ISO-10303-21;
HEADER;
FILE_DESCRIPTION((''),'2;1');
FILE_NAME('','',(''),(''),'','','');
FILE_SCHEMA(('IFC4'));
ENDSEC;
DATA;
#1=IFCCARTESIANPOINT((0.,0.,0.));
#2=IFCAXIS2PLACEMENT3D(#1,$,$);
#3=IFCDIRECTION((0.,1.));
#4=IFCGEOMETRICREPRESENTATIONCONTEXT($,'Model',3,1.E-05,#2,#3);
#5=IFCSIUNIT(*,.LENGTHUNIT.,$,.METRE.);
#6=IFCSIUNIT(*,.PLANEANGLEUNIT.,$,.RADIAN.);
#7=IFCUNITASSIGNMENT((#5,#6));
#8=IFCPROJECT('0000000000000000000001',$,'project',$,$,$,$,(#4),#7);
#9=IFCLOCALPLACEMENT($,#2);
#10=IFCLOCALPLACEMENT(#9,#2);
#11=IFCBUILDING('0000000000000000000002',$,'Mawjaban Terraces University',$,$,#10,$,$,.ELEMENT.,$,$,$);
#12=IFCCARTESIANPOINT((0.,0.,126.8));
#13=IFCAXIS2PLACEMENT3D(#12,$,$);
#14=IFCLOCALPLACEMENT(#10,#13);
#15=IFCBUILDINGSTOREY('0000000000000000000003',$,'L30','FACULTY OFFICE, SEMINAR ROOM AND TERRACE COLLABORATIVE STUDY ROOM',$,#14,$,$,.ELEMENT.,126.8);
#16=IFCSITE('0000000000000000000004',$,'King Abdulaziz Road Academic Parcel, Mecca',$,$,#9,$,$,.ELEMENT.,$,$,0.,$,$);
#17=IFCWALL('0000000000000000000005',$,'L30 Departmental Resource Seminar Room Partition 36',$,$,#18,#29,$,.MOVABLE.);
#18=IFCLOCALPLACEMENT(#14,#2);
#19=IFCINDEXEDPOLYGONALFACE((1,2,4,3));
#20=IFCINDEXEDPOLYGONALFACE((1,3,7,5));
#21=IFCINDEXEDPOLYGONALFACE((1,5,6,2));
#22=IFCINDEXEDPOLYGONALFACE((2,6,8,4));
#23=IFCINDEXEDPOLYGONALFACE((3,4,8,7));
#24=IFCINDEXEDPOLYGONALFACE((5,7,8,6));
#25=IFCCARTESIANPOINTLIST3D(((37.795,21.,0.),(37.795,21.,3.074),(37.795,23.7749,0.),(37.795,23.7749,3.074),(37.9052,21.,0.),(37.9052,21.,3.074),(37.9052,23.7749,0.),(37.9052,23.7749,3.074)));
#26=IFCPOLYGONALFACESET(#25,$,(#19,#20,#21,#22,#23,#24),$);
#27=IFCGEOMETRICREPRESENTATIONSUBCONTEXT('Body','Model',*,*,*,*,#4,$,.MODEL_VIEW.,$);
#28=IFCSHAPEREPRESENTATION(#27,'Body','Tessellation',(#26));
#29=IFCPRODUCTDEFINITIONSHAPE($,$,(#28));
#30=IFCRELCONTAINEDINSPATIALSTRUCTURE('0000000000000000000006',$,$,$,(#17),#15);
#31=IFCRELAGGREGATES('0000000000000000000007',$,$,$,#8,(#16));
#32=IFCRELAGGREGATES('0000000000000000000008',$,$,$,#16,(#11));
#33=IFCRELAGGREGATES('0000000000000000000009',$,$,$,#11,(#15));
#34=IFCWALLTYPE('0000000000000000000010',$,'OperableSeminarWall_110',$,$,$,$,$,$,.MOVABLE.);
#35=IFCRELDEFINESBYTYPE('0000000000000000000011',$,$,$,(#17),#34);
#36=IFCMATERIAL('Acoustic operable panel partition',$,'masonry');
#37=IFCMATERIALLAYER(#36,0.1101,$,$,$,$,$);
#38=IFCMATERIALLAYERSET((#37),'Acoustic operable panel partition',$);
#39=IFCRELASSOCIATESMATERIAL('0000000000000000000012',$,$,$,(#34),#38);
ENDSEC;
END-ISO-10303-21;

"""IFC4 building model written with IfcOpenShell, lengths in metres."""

from ifc_helpers import new_model, si_unit, direction, frame, frame_2d, origin, place, context, subcontext, project, spatial, rectangle, extrude, material, layer, layer_set, type_object, element, save


model = new_model("IFC4")

# Units and contexts
model_context = context("Model", 3, precision=1e-05, world=origin(), true_north=direction((0.0, 1.0)))
body_context = subcontext(model_context, "Body", "Model", "MODEL_VIEW")
ifc_project = project(units=[si_unit("LENGTHUNIT", "METRE"), si_unit("PLANEANGLEUNIT", "RADIAN")], contexts=[model_context])

# Site, building, storey
site_placement = place(None, origin())
site = spatial("IfcSite", under=ifc_project, at=site_placement, Name="King Abdulaziz Road Academic Parcel, Mecca", CompositionType="ELEMENT", RefElevation=0.0)
building_placement = place(site_placement, origin())
building = spatial("IfcBuilding", under=site, at=building_placement, Name="Mawjaban Terraces University", CompositionType="ELEMENT")
storey_placement = place(building_placement, frame((0.0, 0.0, 126.8)))
storey = spatial("IfcBuildingStorey", under=building, at=storey_placement, Name="L30", Description="FACULTY OFFICE, SEMINAR ROOM AND TERRACE COLLABORATIVE STUDY ROOM", CompositionType="ELEMENT", Elevation=126.8)

# Wall
ifc_material_1 = material(Name="Acoustic operable panel partition", Category="masonry")
ifc_layer_1 = layer(ifc_material_1, 0.1101)
ifc_layer_set_1 = layer_set([ifc_layer_1], Name="Acoustic operable panel partition")
wall_type_1 = type_object("IfcWallType", Name="OperableSeminarWall_110", PredefinedType="MOVABLE", material=ifc_layer_set_1)
wall_1_placement = place(storey_placement, frame((37.8501, 21.0, 0.0), z_axis=(0.0, 0.0, 1.0), x_axis=(0.0, 1.0, 0.0)))
element("IfcWall", 1, at=wall_1_placement, inside=storey, type_object=wall_type_1, Name="L30 Departmental Resource Seminar Room Partition 36", PredefinedType="MOVABLE", context=body_context, shape_type="SweptSolid", body=[
    extrude(rectangle(XDim=2.7749, YDim=0.1101, at=frame_2d((1.3875, 0.0))), origin(), (0.0, 0.0, 1.0), 3.074),
])

save(model, "model.ifc")
